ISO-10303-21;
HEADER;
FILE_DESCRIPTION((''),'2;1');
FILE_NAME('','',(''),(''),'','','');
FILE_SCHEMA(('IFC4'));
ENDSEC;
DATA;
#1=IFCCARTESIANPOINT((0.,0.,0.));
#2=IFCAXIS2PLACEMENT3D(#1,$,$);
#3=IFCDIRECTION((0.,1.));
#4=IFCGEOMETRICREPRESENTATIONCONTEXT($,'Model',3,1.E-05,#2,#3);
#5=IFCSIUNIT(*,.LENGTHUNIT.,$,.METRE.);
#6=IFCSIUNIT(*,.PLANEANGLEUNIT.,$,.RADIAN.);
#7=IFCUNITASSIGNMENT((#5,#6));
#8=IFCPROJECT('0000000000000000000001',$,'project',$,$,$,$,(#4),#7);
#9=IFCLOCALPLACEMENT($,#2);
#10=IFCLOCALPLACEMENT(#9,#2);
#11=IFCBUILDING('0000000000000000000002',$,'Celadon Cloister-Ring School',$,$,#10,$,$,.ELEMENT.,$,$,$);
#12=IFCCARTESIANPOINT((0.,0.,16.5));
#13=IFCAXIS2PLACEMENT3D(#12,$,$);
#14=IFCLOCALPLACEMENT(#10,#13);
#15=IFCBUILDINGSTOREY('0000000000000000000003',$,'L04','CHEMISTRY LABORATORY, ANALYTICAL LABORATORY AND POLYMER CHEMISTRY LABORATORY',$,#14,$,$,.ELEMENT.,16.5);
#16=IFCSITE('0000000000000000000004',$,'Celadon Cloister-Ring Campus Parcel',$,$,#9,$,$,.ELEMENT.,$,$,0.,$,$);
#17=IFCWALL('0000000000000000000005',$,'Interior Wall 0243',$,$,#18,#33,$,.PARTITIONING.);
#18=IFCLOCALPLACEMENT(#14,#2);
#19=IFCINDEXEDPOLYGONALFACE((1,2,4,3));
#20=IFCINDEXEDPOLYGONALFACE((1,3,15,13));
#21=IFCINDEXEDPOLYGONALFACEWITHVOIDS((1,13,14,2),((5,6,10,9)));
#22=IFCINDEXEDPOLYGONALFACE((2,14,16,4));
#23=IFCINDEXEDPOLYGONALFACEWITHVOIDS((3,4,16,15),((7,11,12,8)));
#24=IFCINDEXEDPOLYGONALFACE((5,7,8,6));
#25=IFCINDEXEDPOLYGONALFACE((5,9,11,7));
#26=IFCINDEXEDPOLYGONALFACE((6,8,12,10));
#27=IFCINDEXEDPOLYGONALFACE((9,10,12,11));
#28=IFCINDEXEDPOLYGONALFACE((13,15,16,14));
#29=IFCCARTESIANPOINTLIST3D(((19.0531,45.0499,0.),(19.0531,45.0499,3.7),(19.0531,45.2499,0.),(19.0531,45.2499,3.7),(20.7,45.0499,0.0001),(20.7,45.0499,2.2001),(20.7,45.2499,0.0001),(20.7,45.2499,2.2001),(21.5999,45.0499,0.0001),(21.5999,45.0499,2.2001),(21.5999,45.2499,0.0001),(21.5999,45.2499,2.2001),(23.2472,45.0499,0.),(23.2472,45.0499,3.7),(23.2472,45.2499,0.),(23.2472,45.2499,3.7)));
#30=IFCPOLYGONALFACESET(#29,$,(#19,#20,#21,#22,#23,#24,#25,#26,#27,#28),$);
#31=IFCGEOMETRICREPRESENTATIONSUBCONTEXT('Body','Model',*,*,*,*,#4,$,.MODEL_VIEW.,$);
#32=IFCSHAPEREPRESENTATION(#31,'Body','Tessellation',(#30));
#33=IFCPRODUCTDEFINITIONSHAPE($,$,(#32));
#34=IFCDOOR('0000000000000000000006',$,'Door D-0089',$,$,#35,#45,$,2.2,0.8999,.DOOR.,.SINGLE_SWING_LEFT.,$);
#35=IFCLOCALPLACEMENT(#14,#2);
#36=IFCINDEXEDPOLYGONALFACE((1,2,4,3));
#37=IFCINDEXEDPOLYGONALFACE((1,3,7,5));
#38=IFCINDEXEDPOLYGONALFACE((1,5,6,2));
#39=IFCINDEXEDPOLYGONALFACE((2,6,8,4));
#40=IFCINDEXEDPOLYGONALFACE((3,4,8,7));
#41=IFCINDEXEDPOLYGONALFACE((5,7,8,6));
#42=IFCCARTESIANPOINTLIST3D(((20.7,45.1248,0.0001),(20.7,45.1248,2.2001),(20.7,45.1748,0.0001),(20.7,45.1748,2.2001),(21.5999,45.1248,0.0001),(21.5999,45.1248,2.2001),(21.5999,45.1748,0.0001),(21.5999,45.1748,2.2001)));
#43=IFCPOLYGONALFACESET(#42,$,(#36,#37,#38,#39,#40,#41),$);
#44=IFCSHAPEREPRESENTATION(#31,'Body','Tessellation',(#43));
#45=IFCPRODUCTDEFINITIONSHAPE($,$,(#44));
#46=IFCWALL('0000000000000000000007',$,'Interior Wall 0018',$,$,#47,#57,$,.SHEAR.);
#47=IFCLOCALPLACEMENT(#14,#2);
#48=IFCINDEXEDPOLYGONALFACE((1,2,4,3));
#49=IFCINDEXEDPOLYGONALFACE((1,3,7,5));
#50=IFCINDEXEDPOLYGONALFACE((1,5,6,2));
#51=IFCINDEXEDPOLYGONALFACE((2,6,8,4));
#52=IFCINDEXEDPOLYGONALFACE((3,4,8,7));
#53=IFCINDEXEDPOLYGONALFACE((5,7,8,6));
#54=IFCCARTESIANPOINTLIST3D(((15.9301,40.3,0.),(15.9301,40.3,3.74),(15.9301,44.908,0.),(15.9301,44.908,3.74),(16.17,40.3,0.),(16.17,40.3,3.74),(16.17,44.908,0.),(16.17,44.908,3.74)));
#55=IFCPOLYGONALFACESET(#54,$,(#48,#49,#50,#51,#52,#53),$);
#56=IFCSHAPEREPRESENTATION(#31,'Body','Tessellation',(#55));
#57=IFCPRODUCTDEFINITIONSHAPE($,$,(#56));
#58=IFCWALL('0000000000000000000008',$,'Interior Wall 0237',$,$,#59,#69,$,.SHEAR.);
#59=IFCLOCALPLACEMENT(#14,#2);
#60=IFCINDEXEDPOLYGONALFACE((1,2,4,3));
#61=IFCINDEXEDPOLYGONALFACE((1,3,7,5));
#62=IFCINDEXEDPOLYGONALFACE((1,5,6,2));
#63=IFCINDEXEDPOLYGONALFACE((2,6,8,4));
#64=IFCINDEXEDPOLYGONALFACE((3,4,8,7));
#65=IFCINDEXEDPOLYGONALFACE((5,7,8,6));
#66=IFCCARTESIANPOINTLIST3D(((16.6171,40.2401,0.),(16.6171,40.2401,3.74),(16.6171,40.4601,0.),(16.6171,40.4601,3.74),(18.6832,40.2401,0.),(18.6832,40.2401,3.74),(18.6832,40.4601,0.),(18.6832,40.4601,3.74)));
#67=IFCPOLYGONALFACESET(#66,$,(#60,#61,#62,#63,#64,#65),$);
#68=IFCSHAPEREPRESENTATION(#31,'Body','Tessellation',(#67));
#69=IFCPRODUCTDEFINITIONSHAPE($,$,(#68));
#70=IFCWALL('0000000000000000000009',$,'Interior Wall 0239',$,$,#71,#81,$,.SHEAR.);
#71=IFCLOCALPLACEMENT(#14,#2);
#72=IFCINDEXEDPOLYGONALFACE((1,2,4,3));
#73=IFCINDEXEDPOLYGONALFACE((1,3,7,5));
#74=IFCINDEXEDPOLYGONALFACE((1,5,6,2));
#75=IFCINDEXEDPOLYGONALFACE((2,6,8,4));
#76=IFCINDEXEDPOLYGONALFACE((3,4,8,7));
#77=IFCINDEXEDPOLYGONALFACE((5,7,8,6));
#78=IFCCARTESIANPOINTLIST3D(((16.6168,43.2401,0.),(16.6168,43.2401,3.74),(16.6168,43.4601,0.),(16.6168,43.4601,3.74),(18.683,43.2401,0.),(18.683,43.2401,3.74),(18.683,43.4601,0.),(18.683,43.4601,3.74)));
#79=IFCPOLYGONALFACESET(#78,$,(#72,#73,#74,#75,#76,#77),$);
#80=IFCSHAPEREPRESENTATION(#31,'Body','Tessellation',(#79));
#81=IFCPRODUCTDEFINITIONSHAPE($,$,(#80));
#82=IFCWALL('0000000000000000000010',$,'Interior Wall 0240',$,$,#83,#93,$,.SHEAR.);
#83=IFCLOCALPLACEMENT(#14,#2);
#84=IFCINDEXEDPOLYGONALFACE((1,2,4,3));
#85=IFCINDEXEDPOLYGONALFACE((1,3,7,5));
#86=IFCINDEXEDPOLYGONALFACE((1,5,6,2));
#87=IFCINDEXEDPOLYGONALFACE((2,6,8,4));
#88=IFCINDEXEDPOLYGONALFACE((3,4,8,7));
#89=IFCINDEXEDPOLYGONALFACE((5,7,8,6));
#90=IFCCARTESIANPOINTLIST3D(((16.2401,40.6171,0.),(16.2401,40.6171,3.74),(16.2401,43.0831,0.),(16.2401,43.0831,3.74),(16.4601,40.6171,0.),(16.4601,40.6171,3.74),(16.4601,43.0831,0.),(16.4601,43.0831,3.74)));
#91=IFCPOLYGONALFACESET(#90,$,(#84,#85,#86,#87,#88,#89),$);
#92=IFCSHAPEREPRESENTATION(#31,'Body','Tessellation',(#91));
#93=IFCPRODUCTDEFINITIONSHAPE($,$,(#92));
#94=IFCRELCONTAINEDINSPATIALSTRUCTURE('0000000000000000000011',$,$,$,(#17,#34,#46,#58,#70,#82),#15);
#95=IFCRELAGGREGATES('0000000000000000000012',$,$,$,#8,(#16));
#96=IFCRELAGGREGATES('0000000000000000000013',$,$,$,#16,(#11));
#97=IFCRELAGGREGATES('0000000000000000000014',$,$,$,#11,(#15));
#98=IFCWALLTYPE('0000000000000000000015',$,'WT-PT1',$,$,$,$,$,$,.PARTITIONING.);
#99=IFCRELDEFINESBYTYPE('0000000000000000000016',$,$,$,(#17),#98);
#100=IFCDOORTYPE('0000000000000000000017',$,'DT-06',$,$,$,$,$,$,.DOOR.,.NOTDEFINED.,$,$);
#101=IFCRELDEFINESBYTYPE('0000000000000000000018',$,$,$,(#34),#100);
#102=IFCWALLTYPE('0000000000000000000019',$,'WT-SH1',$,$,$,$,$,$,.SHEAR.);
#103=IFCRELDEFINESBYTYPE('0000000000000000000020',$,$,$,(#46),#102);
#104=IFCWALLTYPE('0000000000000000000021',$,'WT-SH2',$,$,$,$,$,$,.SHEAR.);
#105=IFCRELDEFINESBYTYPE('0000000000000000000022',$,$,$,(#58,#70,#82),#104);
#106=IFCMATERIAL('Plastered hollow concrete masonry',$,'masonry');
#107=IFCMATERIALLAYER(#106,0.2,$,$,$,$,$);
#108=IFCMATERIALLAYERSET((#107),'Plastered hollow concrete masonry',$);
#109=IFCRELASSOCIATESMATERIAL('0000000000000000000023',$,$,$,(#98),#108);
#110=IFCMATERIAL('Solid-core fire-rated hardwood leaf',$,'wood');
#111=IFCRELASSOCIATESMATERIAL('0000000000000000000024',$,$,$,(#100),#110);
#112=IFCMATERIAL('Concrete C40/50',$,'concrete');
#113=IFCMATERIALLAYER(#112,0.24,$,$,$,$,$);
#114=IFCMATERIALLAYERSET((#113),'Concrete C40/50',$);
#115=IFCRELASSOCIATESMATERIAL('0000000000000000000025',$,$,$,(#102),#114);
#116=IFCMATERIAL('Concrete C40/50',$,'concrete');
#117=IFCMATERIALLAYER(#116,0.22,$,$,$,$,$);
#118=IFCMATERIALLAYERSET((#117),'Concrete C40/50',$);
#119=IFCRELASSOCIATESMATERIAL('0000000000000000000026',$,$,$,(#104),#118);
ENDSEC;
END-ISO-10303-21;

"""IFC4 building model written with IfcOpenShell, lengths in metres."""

from ifc_helpers import new_model, si_unit, direction, frame, frame_2d, origin, place, context, subcontext, project, spatial, rectangle, extrude, material, layer, layer_set, type_object, element, fill, save


model = new_model("IFC4")

# Units and contexts
model_context = context("Model", 3, precision=1e-05, world=origin(), true_north=direction((0.0, 1.0)))
body_context = subcontext(model_context, "Body", "Model", "MODEL_VIEW")
ifc_project = project(units=[si_unit("LENGTHUNIT", "METRE"), si_unit("PLANEANGLEUNIT", "RADIAN")], contexts=[model_context])

# Site, building, storey
site_placement = place(None, origin())
site = spatial("IfcSite", under=ifc_project, at=site_placement, Name="Celadon Cloister-Ring Campus Parcel", CompositionType="ELEMENT", RefElevation=0.0)
building_placement = place(site_placement, origin())
building = spatial("IfcBuilding", under=site, at=building_placement, Name="Celadon Cloister-Ring School", CompositionType="ELEMENT")
storey_placement = place(building_placement, frame((0.0, 0.0, 16.5)))
storey = spatial("IfcBuildingStorey", under=building, at=storey_placement, Name="L04", Description="CHEMISTRY LABORATORY, ANALYTICAL LABORATORY AND POLYMER CHEMISTRY LABORATORY", CompositionType="ELEMENT", Elevation=16.5)

# Shared definitions
ifc_material_1 = material(Name="Plastered hollow concrete masonry", Category="masonry")
ifc_layer_1 = layer(ifc_material_1, 0.2)
ifc_layer_set_1 = layer_set([ifc_layer_1], Name="Plastered hollow concrete masonry")
wall_type_1 = type_object("IfcWallType", Name="WT-PT1", PredefinedType="PARTITIONING", material=ifc_layer_set_1)

# Wall, opening, door
wall_1_placement = place(storey_placement, frame((19.053, 45.1499, 0.0), z_axis=(0.0, 0.0, 1.0), x_axis=(1.0, 0.0, 0.0)))
wall_1 = element("IfcWall", 1, at=wall_1_placement, inside=storey, type_object=wall_type_1, Name="Interior Wall 0243", PredefinedType="PARTITIONING", context=body_context, shape_type="SweptSolid", body=[
    extrude(rectangle(XDim=4.1941, YDim=0.2, at=frame_2d((2.0972, 0.0))), origin(), (0.0, 0.0, 1.0), 3.7),
])
opening_1_placement = place(wall_1_placement, frame((1.647, 0.0, 0.0)))
opening_1 = element("IfcOpeningElement", 2, at=opening_1_placement, cuts=wall_1, PredefinedType="OPENING", context=body_context, shape_type="SweptSolid", body=[
    extrude(rectangle(XDim=0.8999, YDim=2.2, at=frame_2d((0.45, 1.1001))), frame((0.0, 0.1099, 0.0), z_axis=(0.0, -1.0, 0.0), x_axis=(1.0, 0.0, 0.0)), (0.0, 0.0, 1.0), 0.22),
])
ifc_material_2 = material(Name="Solid-core fire-rated hardwood leaf", Category="wood")
door_type_1 = type_object("IfcDoorType", Name="DT-06", OperationType="NOTDEFINED", PredefinedType="DOOR", material=ifc_material_2)
door_1_placement = place(opening_1_placement, origin())
door_1 = element("IfcDoor", 3, at=door_1_placement, inside=storey, type_object=door_type_1, Name="Door D-0089", OperationType="SINGLE_SWING_LEFT", OverallHeight=2.2, OverallWidth=0.8999, PredefinedType="DOOR", context=body_context, shape_type="SweptSolid", body=[
    extrude(rectangle(XDim=0.8999, YDim=2.2, at=frame_2d((0.45, 1.1001))), frame((0.0, 0.0249, 0.0), z_axis=(0.0, -1.0, 0.0), x_axis=(1.0, 0.0, 0.0)), (0.0, 0.0, 1.0), 0.05),
])
fill(opening_1, door_1)

# Walls
ifc_material_3 = material(Name="Concrete C40/50", Category="concrete")
ifc_layer_2 = layer(ifc_material_3, 0.24)
ifc_layer_set_2 = layer_set([ifc_layer_2], Name="Concrete C40/50")
wall_type_2 = type_object("IfcWallType", Name="WT-SH1", PredefinedType="SHEAR", material=ifc_layer_set_2)
wall_2_placement = place(storey_placement, frame((16.05, 44.908, 0.0), z_axis=(0.0, 0.0, 1.0), x_axis=(0.0, -1.0, 0.0)))
element("IfcWall", 4, at=wall_2_placement, inside=storey, type_object=wall_type_2, Name="Interior Wall 0018", PredefinedType="SHEAR", context=body_context, shape_type="SweptSolid", body=[
    extrude(rectangle(XDim=4.6079, YDim=0.24, at=frame_2d((2.304, 0.0))), origin(), (0.0, 0.0, 1.0), 3.74),
])
ifc_material_4 = material(Name="Concrete C40/50", Category="concrete")
ifc_layer_3 = layer(ifc_material_4, 0.22)
ifc_layer_set_3 = layer_set([ifc_layer_3], Name="Concrete C40/50")
wall_type_3 = type_object("IfcWallType", Name="WT-SH2", PredefinedType="SHEAR", material=ifc_layer_set_3)
wall_3_placement = place(storey_placement, frame((16.6169, 40.3501, 0.0), z_axis=(0.0, 0.0, 1.0), x_axis=(1.0, 0.0, 0.0)))
element("IfcWall", 5, at=wall_3_placement, inside=storey, type_object=wall_type_3, Name="Interior Wall 0237", PredefinedType="SHEAR", context=body_context, shape_type="SweptSolid", body=[
    extrude(rectangle(XDim=2.0662, YDim=0.22, at=frame_2d((1.0332, 0.0))), origin(), (0.0, 0.0, 1.0), 3.74),
])

# Walls
wall_4_placement = place(storey_placement, frame((18.6831, 43.3501, 0.0), z_axis=(0.0, 0.0, 1.0), x_axis=(-1.0, 0.0, 0.0)))
element("IfcWall", 6, at=wall_4_placement, inside=storey, type_object=wall_type_3, Name="Interior Wall 0239", PredefinedType="SHEAR", context=body_context, shape_type="SweptSolid", body=[
    extrude(rectangle(XDim=2.0662, YDim=0.22, at=frame_2d((1.0332, 0.0))), origin(), (0.0, 0.0, 1.0), 3.74),
])
wall_5_placement = place(storey_placement, frame((16.3501, 43.083, 0.0), z_axis=(0.0, 0.0, 1.0), x_axis=(0.0, -1.0, 0.0)))
element("IfcWall", 7, at=wall_5_placement, inside=storey, type_object=wall_type_3, Name="Interior Wall 0240", PredefinedType="SHEAR", context=body_context, shape_type="SweptSolid", body=[
    extrude(rectangle(XDim=2.4661, YDim=0.22, at=frame_2d((1.2329, 0.0))), origin(), (0.0, 0.0, 1.0), 3.74),
])

save(model, "model.ifc")
